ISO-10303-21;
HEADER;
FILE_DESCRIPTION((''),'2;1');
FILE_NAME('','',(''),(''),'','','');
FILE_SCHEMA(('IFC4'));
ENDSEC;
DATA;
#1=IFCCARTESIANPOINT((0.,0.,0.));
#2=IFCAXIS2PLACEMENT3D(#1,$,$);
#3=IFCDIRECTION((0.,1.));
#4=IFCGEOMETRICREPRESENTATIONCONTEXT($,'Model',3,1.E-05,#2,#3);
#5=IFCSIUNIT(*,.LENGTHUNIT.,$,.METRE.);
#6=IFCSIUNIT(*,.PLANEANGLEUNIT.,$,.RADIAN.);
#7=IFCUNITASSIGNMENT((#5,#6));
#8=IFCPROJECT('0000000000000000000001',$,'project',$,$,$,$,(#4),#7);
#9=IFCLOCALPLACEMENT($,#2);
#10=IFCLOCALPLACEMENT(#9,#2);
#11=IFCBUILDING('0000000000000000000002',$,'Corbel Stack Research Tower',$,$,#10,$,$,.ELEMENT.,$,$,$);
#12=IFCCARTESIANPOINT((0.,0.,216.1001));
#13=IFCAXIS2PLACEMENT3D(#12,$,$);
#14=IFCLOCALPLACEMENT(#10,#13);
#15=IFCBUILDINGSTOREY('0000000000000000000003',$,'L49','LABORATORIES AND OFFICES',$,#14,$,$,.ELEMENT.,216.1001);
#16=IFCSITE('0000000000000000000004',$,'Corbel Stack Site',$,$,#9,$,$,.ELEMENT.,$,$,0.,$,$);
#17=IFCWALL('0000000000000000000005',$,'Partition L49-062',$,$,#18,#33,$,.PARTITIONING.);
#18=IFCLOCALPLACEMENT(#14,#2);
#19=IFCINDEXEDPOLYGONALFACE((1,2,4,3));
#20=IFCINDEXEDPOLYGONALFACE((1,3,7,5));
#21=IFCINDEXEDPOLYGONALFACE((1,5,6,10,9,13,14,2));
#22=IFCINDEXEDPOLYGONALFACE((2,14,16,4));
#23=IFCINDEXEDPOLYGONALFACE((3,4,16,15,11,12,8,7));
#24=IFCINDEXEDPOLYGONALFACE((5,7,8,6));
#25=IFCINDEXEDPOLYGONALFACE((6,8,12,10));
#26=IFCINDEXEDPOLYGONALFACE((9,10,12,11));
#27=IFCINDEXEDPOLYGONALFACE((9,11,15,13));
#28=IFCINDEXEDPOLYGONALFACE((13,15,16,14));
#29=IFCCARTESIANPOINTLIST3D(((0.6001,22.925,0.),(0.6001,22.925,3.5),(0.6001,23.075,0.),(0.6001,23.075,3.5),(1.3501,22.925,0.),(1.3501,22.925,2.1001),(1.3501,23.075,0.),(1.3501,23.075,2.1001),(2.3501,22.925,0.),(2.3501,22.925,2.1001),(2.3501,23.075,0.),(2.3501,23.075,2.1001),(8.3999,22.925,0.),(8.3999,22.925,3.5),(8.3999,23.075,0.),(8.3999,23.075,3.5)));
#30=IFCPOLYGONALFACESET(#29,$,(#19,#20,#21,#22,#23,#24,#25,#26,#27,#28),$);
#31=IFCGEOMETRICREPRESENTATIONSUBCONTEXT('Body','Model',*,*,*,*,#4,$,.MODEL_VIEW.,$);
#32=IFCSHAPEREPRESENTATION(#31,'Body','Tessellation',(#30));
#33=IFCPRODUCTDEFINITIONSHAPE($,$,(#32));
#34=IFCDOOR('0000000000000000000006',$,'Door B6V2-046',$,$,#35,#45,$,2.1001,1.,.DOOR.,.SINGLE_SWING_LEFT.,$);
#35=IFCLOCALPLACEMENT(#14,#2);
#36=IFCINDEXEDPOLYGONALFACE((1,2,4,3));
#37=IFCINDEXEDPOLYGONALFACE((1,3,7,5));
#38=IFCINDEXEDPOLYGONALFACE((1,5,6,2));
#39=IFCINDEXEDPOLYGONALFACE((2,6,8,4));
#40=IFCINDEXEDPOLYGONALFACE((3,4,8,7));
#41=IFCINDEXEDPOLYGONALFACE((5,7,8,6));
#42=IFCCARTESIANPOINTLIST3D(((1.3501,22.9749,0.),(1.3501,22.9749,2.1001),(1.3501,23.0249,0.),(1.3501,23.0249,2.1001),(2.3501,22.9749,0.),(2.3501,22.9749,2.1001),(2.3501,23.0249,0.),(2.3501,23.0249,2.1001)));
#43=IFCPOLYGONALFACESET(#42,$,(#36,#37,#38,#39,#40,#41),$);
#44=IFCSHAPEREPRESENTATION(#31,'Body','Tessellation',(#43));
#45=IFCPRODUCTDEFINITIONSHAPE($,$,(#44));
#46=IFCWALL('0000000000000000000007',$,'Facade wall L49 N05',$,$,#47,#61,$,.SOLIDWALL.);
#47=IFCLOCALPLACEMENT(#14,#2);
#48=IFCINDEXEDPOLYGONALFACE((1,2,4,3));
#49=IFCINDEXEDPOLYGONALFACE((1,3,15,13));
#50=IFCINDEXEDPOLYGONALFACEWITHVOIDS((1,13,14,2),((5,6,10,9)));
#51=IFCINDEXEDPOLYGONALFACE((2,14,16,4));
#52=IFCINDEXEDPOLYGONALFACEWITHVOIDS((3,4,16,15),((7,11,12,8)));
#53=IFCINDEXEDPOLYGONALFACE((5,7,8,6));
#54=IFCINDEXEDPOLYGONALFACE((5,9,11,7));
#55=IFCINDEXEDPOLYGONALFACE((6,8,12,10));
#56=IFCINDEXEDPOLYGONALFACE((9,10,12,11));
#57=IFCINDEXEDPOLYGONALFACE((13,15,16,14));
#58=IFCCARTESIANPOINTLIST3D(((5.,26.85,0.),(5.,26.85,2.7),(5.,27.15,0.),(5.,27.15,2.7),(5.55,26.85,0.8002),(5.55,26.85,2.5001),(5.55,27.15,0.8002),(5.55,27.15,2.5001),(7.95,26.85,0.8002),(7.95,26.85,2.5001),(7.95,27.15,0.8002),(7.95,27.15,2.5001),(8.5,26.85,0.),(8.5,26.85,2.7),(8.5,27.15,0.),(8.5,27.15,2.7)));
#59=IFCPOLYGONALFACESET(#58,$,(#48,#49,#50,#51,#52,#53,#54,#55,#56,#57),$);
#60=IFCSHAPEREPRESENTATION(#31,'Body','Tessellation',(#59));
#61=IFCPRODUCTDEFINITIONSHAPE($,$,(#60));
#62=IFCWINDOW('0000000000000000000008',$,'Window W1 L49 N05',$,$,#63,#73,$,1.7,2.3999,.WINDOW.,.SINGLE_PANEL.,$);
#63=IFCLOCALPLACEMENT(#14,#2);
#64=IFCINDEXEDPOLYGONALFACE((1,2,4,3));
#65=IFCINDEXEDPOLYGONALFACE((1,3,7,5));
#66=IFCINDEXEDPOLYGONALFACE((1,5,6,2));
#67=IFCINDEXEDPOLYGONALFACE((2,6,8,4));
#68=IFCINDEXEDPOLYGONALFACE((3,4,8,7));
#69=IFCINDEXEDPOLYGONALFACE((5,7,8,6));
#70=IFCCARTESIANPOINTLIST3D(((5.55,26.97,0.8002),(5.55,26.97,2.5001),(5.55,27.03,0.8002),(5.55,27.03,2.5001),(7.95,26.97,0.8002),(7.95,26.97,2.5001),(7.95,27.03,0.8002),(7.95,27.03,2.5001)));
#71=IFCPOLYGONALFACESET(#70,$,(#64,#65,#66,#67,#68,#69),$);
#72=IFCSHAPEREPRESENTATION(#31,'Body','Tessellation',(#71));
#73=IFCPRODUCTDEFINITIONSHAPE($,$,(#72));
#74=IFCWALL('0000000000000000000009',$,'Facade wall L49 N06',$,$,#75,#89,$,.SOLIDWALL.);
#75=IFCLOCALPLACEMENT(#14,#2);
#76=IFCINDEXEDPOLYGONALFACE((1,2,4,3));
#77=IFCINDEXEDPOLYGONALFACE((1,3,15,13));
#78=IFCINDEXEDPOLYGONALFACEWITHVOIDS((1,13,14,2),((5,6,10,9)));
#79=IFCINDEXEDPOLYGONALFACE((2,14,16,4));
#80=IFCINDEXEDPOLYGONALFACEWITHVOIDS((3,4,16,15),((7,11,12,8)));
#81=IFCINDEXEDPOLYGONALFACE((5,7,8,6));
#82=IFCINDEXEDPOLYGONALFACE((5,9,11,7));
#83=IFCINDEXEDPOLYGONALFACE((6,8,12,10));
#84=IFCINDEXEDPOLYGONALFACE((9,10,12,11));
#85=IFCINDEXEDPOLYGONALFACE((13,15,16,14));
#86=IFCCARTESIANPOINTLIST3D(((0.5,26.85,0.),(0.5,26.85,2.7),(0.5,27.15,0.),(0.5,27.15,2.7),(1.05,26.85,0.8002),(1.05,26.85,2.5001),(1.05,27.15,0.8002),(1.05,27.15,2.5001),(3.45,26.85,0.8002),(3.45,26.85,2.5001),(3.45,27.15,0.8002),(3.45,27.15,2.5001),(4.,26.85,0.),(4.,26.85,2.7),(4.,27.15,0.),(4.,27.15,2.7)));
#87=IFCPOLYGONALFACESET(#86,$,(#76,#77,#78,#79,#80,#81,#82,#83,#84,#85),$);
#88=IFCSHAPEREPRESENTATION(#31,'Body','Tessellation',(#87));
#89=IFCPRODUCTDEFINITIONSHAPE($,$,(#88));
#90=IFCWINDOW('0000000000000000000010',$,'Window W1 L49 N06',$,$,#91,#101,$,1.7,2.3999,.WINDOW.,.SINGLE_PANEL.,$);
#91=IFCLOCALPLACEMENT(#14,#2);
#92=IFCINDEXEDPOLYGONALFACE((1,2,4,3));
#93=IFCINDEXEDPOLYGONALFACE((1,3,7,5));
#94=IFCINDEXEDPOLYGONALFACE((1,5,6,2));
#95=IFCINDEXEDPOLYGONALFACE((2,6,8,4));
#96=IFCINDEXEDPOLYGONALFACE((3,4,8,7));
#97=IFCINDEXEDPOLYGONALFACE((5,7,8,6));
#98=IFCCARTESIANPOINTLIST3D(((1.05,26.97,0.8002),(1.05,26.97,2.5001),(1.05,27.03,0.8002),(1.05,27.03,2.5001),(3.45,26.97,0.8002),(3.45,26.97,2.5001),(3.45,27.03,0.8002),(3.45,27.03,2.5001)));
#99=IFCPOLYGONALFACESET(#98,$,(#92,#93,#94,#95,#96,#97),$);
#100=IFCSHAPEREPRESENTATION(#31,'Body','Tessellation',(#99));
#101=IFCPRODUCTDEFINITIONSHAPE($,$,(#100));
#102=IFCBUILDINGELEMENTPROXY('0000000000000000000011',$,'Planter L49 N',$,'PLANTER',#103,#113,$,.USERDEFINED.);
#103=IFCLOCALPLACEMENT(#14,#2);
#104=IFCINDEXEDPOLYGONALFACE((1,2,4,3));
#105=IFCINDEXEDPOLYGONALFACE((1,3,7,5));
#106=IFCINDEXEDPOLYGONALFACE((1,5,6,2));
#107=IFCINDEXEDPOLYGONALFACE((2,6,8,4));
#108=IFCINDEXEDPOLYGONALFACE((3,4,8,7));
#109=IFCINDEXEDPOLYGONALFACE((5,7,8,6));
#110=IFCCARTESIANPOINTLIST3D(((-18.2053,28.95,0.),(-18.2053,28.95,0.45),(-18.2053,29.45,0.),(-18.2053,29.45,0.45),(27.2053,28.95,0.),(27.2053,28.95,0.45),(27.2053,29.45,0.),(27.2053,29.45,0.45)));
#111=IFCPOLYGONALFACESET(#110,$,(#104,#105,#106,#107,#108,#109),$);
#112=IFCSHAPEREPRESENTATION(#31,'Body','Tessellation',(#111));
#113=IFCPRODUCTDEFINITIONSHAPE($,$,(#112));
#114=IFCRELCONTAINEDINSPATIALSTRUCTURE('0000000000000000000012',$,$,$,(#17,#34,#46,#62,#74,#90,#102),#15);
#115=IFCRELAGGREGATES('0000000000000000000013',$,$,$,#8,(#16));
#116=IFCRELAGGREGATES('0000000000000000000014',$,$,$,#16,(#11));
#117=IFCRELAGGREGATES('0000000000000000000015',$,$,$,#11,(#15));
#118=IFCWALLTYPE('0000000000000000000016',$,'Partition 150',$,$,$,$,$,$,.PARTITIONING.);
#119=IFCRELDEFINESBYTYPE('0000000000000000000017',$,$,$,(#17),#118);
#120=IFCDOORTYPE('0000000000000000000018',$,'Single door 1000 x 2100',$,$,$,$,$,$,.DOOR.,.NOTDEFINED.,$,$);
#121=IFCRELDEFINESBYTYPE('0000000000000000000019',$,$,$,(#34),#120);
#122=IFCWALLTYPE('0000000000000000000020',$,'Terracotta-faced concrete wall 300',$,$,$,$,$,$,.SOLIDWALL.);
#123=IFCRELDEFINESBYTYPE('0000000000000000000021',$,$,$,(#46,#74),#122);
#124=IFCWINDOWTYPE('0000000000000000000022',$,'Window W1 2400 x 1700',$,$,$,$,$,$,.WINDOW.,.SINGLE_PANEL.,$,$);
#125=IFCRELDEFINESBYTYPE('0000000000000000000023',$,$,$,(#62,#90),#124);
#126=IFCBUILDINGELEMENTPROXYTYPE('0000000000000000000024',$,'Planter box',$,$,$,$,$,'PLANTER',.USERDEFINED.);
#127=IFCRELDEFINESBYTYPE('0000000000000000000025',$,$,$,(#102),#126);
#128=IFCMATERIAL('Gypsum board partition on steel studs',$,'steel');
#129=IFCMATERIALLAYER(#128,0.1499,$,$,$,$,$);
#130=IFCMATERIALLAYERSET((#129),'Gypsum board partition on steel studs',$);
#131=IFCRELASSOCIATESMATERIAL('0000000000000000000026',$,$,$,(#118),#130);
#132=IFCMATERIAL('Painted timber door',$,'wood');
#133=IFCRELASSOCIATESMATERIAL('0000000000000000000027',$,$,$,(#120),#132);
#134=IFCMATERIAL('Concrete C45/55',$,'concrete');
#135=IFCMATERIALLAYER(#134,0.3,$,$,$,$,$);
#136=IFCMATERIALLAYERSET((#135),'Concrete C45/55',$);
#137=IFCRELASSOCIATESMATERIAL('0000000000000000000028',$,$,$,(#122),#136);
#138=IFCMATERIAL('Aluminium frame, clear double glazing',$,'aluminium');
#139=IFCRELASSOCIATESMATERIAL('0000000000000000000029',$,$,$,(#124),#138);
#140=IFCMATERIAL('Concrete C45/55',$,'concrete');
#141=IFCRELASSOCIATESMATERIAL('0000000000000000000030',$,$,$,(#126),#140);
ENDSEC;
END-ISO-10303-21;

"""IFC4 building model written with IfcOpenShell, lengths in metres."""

from ifc_helpers import new_model, si_unit, direction, frame, frame_2d, origin, origin_2d, place, context, subcontext, project, spatial, rectangle, extrude, material, layer, layer_set, type_object, element, fill, save


model = new_model("IFC4")

# Units and contexts
model_context = context("Model", 3, precision=1e-05, world=origin(), true_north=direction((0.0, 1.0)))
body_context = subcontext(model_context, "Body", "Model", "MODEL_VIEW")
ifc_project = project(units=[si_unit("LENGTHUNIT", "METRE"), si_unit("PLANEANGLEUNIT", "RADIAN")], contexts=[model_context])

# Site, building, storey
site_placement = place(None, origin())
site = spatial("IfcSite", under=ifc_project, at=site_placement, Name="Corbel Stack Site", CompositionType="ELEMENT", RefElevation=0.0)
building_placement = place(site_placement, origin())
building = spatial("IfcBuilding", under=site, at=building_placement, Name="Corbel Stack Research Tower", CompositionType="ELEMENT")
storey_placement = place(building_placement, frame((0.0, 0.0, 216.1001)))
storey = spatial("IfcBuildingStorey", under=building, at=storey_placement, Name="L49", Description="LABORATORIES AND OFFICES", CompositionType="ELEMENT", Elevation=216.1001)

# Wall, opening, door
ifc_material_1 = material(Name="Gypsum board partition on steel studs", Category="steel")
ifc_layer_1 = layer(ifc_material_1, 0.1499)
ifc_layer_set_1 = layer_set([ifc_layer_1], Name="Gypsum board partition on steel studs")
wall_type_1 = type_object("IfcWallType", Name="Partition 150", PredefinedType="PARTITIONING", material=ifc_layer_set_1)
wall_1_placement = place(storey_placement, frame((0.6001, 23.0, 0.0), z_axis=(0.0, 0.0, 1.0), x_axis=(1.0, 0.0, 0.0)))
wall_1 = element("IfcWall", 1, at=wall_1_placement, inside=storey, type_object=wall_type_1, Name="Partition L49-062", PredefinedType="PARTITIONING", context=body_context, shape_type="SweptSolid", body=[
    extrude(rectangle(XDim=7.7998, YDim=0.1499, at=frame_2d((3.8999, 0.0))), origin(), (0.0, 0.0, 1.0), 3.5),
])
opening_1_placement = place(wall_1_placement, frame((0.75, 0.0, 0.0)))
opening_1 = element("IfcOpeningElement", 2, at=opening_1_placement, cuts=wall_1, PredefinedType="OPENING", context=body_context, shape_type="SweptSolid", body=[
    extrude(rectangle(XDim=1.0, YDim=2.1001, at=frame_2d((0.5, 1.05))), frame((0.0, 0.085, 0.0), z_axis=(0.0, -1.0, 0.0), x_axis=(1.0, 0.0, 0.0)), (0.0, 0.0, 1.0), 0.1699),
])
ifc_material_2 = material(Name="Painted timber door", Category="wood")
door_type_1 = type_object("IfcDoorType", Name="Single door 1000 x 2100", OperationType="NOTDEFINED", PredefinedType="DOOR", material=ifc_material_2)
door_1_placement = place(opening_1_placement, origin())
door_1 = element("IfcDoor", 3, at=door_1_placement, inside=storey, type_object=door_type_1, Name="Door B6V2-046", OperationType="SINGLE_SWING_LEFT", OverallHeight=2.1001, OverallWidth=1.0, PredefinedType="DOOR", context=body_context, shape_type="SweptSolid", body=[
    extrude(rectangle(XDim=1.0, YDim=2.1001, at=frame_2d((0.5, 1.05))), frame((0.0, 0.0249, 0.0), z_axis=(0.0, -1.0, 0.0), x_axis=(1.0, 0.0, 0.0)), (0.0, 0.0, 1.0), 0.05),
])
fill(opening_1, door_1)

# Walls, openings, windows
ifc_material_3 = material(Name="Concrete C45/55", Category="concrete")
ifc_layer_2 = layer(ifc_material_3, 0.3)
ifc_layer_set_2 = layer_set([ifc_layer_2], Name="Concrete C45/55")
wall_type_2 = type_object("IfcWallType", Name="Terracotta-faced concrete wall 300", PredefinedType="SOLIDWALL", material=ifc_layer_set_2)
wall_2_placement = place(storey_placement, frame((5.0, 27.0, 0.0), z_axis=(0.0, 0.0, 1.0), x_axis=(1.0, 0.0, 0.0)))
wall_2 = element("IfcWall", 4, at=wall_2_placement, inside=storey, type_object=wall_type_2, Name="Facade wall L49 N05", PredefinedType="SOLIDWALL", context=body_context, shape_type="SweptSolid", body=[
    extrude(rectangle(XDim=3.5, YDim=0.3, at=frame_2d((1.75, 0.0))), origin(), (0.0, 0.0, 1.0), 2.7),
])
opening_2_placement = place(wall_2_placement, frame((0.55, 0.0, 0.8)))
opening_2 = element("IfcOpeningElement", 5, at=opening_2_placement, cuts=wall_2, PredefinedType="OPENING", context=body_context, shape_type="SweptSolid", body=[
    extrude(rectangle(XDim=2.3999, YDim=1.7, at=frame_2d((1.2, 0.8501))), frame((0.0, 0.1599, 0.0), z_axis=(0.0, -1.0, 0.0), x_axis=(1.0, 0.0, 0.0)), (0.0, 0.0, 1.0), 0.3201),
])
ifc_material_4 = material(Name="Aluminium frame, clear double glazing", Category="aluminium")
window_type = type_object("IfcWindowType", Name="Window W1 2400 x 1700", PartitioningType="SINGLE_PANEL", PredefinedType="WINDOW", material=ifc_material_4)
window_1_placement = place(opening_2_placement, origin())
window_1 = element("IfcWindow", 6, at=window_1_placement, inside=storey, type_object=window_type, Name="Window W1 L49 N05", OverallHeight=1.7, OverallWidth=2.3999, PartitioningType="SINGLE_PANEL", PredefinedType="WINDOW", context=body_context, shape_type="SweptSolid", body=[
    extrude(rectangle(XDim=2.3999, YDim=1.7, at=frame_2d((1.2, 0.8501))), frame((0.0, 0.03, 0.0), z_axis=(0.0, -1.0, 0.0), x_axis=(1.0, 0.0, 0.0)), (0.0, 0.0, 1.0), 0.0601),
])
fill(opening_2, window_1)
wall_3_placement = place(storey_placement, frame((0.5, 27.0, 0.0), z_axis=(0.0, 0.0, 1.0), x_axis=(1.0, 0.0, 0.0)))
wall_3 = element("IfcWall", 7, at=wall_3_placement, inside=storey, type_object=wall_type_2, Name="Facade wall L49 N06", PredefinedType="SOLIDWALL", context=body_context, shape_type="SweptSolid", body=[
    extrude(rectangle(XDim=3.5, YDim=0.3, at=frame_2d((1.75, 0.0))), origin(), (0.0, 0.0, 1.0), 2.7),
])
opening_3_placement = place(wall_3_placement, frame((0.55, 0.0, 0.8)))
opening_3 = element("IfcOpeningElement", 8, at=opening_3_placement, cuts=wall_3, PredefinedType="OPENING", context=body_context, shape_type="SweptSolid", body=[
    extrude(rectangle(XDim=2.3999, YDim=1.7, at=frame_2d((1.2, 0.8501))), frame((0.0, 0.1599, 0.0), z_axis=(0.0, -1.0, 0.0), x_axis=(1.0, 0.0, 0.0)), (0.0, 0.0, 1.0), 0.3201),
])
window_2_placement = place(opening_3_placement, origin())
window_2 = element("IfcWindow", 9, at=window_2_placement, inside=storey, type_object=window_type, Name="Window W1 L49 N06", OverallHeight=1.7, OverallWidth=2.3999, PartitioningType="SINGLE_PANEL", PredefinedType="WINDOW", context=body_context, shape_type="SweptSolid", body=[
    extrude(rectangle(XDim=2.3999, YDim=1.7, at=frame_2d((1.2, 0.8501))), frame((0.0, 0.03, 0.0), z_axis=(0.0, -1.0, 0.0), x_axis=(1.0, 0.0, 0.0)), (0.0, 0.0, 1.0), 0.0601),
])
fill(opening_3, window_2)

# Building element proxy
ifc_material_5 = material(Name="Concrete C45/55", Category="concrete")
building_element_proxy_type = type_object("IfcBuildingElementProxyType", Name="Planter box", ElementType="PLANTER", PredefinedType="USERDEFINED", material=ifc_material_5)
proxy_placement = place(storey_placement, frame((4.5, 29.2, 0.0), z_axis=(0.0, 0.0, 1.0), x_axis=(-1.0, 0.0, 0.0)))
element("IfcBuildingElementProxy", 10, at=proxy_placement, inside=storey, type_object=building_element_proxy_type, Name="Planter L49 N", ObjectType="PLANTER", PredefinedType="USERDEFINED", context=body_context, shape_type="SweptSolid", body=[
    extrude(rectangle(XDim=45.4106, YDim=0.5, at=origin_2d()), origin(), (0.0, 0.0, 1.0), 0.45),
])

save(model, "model.ifc")
